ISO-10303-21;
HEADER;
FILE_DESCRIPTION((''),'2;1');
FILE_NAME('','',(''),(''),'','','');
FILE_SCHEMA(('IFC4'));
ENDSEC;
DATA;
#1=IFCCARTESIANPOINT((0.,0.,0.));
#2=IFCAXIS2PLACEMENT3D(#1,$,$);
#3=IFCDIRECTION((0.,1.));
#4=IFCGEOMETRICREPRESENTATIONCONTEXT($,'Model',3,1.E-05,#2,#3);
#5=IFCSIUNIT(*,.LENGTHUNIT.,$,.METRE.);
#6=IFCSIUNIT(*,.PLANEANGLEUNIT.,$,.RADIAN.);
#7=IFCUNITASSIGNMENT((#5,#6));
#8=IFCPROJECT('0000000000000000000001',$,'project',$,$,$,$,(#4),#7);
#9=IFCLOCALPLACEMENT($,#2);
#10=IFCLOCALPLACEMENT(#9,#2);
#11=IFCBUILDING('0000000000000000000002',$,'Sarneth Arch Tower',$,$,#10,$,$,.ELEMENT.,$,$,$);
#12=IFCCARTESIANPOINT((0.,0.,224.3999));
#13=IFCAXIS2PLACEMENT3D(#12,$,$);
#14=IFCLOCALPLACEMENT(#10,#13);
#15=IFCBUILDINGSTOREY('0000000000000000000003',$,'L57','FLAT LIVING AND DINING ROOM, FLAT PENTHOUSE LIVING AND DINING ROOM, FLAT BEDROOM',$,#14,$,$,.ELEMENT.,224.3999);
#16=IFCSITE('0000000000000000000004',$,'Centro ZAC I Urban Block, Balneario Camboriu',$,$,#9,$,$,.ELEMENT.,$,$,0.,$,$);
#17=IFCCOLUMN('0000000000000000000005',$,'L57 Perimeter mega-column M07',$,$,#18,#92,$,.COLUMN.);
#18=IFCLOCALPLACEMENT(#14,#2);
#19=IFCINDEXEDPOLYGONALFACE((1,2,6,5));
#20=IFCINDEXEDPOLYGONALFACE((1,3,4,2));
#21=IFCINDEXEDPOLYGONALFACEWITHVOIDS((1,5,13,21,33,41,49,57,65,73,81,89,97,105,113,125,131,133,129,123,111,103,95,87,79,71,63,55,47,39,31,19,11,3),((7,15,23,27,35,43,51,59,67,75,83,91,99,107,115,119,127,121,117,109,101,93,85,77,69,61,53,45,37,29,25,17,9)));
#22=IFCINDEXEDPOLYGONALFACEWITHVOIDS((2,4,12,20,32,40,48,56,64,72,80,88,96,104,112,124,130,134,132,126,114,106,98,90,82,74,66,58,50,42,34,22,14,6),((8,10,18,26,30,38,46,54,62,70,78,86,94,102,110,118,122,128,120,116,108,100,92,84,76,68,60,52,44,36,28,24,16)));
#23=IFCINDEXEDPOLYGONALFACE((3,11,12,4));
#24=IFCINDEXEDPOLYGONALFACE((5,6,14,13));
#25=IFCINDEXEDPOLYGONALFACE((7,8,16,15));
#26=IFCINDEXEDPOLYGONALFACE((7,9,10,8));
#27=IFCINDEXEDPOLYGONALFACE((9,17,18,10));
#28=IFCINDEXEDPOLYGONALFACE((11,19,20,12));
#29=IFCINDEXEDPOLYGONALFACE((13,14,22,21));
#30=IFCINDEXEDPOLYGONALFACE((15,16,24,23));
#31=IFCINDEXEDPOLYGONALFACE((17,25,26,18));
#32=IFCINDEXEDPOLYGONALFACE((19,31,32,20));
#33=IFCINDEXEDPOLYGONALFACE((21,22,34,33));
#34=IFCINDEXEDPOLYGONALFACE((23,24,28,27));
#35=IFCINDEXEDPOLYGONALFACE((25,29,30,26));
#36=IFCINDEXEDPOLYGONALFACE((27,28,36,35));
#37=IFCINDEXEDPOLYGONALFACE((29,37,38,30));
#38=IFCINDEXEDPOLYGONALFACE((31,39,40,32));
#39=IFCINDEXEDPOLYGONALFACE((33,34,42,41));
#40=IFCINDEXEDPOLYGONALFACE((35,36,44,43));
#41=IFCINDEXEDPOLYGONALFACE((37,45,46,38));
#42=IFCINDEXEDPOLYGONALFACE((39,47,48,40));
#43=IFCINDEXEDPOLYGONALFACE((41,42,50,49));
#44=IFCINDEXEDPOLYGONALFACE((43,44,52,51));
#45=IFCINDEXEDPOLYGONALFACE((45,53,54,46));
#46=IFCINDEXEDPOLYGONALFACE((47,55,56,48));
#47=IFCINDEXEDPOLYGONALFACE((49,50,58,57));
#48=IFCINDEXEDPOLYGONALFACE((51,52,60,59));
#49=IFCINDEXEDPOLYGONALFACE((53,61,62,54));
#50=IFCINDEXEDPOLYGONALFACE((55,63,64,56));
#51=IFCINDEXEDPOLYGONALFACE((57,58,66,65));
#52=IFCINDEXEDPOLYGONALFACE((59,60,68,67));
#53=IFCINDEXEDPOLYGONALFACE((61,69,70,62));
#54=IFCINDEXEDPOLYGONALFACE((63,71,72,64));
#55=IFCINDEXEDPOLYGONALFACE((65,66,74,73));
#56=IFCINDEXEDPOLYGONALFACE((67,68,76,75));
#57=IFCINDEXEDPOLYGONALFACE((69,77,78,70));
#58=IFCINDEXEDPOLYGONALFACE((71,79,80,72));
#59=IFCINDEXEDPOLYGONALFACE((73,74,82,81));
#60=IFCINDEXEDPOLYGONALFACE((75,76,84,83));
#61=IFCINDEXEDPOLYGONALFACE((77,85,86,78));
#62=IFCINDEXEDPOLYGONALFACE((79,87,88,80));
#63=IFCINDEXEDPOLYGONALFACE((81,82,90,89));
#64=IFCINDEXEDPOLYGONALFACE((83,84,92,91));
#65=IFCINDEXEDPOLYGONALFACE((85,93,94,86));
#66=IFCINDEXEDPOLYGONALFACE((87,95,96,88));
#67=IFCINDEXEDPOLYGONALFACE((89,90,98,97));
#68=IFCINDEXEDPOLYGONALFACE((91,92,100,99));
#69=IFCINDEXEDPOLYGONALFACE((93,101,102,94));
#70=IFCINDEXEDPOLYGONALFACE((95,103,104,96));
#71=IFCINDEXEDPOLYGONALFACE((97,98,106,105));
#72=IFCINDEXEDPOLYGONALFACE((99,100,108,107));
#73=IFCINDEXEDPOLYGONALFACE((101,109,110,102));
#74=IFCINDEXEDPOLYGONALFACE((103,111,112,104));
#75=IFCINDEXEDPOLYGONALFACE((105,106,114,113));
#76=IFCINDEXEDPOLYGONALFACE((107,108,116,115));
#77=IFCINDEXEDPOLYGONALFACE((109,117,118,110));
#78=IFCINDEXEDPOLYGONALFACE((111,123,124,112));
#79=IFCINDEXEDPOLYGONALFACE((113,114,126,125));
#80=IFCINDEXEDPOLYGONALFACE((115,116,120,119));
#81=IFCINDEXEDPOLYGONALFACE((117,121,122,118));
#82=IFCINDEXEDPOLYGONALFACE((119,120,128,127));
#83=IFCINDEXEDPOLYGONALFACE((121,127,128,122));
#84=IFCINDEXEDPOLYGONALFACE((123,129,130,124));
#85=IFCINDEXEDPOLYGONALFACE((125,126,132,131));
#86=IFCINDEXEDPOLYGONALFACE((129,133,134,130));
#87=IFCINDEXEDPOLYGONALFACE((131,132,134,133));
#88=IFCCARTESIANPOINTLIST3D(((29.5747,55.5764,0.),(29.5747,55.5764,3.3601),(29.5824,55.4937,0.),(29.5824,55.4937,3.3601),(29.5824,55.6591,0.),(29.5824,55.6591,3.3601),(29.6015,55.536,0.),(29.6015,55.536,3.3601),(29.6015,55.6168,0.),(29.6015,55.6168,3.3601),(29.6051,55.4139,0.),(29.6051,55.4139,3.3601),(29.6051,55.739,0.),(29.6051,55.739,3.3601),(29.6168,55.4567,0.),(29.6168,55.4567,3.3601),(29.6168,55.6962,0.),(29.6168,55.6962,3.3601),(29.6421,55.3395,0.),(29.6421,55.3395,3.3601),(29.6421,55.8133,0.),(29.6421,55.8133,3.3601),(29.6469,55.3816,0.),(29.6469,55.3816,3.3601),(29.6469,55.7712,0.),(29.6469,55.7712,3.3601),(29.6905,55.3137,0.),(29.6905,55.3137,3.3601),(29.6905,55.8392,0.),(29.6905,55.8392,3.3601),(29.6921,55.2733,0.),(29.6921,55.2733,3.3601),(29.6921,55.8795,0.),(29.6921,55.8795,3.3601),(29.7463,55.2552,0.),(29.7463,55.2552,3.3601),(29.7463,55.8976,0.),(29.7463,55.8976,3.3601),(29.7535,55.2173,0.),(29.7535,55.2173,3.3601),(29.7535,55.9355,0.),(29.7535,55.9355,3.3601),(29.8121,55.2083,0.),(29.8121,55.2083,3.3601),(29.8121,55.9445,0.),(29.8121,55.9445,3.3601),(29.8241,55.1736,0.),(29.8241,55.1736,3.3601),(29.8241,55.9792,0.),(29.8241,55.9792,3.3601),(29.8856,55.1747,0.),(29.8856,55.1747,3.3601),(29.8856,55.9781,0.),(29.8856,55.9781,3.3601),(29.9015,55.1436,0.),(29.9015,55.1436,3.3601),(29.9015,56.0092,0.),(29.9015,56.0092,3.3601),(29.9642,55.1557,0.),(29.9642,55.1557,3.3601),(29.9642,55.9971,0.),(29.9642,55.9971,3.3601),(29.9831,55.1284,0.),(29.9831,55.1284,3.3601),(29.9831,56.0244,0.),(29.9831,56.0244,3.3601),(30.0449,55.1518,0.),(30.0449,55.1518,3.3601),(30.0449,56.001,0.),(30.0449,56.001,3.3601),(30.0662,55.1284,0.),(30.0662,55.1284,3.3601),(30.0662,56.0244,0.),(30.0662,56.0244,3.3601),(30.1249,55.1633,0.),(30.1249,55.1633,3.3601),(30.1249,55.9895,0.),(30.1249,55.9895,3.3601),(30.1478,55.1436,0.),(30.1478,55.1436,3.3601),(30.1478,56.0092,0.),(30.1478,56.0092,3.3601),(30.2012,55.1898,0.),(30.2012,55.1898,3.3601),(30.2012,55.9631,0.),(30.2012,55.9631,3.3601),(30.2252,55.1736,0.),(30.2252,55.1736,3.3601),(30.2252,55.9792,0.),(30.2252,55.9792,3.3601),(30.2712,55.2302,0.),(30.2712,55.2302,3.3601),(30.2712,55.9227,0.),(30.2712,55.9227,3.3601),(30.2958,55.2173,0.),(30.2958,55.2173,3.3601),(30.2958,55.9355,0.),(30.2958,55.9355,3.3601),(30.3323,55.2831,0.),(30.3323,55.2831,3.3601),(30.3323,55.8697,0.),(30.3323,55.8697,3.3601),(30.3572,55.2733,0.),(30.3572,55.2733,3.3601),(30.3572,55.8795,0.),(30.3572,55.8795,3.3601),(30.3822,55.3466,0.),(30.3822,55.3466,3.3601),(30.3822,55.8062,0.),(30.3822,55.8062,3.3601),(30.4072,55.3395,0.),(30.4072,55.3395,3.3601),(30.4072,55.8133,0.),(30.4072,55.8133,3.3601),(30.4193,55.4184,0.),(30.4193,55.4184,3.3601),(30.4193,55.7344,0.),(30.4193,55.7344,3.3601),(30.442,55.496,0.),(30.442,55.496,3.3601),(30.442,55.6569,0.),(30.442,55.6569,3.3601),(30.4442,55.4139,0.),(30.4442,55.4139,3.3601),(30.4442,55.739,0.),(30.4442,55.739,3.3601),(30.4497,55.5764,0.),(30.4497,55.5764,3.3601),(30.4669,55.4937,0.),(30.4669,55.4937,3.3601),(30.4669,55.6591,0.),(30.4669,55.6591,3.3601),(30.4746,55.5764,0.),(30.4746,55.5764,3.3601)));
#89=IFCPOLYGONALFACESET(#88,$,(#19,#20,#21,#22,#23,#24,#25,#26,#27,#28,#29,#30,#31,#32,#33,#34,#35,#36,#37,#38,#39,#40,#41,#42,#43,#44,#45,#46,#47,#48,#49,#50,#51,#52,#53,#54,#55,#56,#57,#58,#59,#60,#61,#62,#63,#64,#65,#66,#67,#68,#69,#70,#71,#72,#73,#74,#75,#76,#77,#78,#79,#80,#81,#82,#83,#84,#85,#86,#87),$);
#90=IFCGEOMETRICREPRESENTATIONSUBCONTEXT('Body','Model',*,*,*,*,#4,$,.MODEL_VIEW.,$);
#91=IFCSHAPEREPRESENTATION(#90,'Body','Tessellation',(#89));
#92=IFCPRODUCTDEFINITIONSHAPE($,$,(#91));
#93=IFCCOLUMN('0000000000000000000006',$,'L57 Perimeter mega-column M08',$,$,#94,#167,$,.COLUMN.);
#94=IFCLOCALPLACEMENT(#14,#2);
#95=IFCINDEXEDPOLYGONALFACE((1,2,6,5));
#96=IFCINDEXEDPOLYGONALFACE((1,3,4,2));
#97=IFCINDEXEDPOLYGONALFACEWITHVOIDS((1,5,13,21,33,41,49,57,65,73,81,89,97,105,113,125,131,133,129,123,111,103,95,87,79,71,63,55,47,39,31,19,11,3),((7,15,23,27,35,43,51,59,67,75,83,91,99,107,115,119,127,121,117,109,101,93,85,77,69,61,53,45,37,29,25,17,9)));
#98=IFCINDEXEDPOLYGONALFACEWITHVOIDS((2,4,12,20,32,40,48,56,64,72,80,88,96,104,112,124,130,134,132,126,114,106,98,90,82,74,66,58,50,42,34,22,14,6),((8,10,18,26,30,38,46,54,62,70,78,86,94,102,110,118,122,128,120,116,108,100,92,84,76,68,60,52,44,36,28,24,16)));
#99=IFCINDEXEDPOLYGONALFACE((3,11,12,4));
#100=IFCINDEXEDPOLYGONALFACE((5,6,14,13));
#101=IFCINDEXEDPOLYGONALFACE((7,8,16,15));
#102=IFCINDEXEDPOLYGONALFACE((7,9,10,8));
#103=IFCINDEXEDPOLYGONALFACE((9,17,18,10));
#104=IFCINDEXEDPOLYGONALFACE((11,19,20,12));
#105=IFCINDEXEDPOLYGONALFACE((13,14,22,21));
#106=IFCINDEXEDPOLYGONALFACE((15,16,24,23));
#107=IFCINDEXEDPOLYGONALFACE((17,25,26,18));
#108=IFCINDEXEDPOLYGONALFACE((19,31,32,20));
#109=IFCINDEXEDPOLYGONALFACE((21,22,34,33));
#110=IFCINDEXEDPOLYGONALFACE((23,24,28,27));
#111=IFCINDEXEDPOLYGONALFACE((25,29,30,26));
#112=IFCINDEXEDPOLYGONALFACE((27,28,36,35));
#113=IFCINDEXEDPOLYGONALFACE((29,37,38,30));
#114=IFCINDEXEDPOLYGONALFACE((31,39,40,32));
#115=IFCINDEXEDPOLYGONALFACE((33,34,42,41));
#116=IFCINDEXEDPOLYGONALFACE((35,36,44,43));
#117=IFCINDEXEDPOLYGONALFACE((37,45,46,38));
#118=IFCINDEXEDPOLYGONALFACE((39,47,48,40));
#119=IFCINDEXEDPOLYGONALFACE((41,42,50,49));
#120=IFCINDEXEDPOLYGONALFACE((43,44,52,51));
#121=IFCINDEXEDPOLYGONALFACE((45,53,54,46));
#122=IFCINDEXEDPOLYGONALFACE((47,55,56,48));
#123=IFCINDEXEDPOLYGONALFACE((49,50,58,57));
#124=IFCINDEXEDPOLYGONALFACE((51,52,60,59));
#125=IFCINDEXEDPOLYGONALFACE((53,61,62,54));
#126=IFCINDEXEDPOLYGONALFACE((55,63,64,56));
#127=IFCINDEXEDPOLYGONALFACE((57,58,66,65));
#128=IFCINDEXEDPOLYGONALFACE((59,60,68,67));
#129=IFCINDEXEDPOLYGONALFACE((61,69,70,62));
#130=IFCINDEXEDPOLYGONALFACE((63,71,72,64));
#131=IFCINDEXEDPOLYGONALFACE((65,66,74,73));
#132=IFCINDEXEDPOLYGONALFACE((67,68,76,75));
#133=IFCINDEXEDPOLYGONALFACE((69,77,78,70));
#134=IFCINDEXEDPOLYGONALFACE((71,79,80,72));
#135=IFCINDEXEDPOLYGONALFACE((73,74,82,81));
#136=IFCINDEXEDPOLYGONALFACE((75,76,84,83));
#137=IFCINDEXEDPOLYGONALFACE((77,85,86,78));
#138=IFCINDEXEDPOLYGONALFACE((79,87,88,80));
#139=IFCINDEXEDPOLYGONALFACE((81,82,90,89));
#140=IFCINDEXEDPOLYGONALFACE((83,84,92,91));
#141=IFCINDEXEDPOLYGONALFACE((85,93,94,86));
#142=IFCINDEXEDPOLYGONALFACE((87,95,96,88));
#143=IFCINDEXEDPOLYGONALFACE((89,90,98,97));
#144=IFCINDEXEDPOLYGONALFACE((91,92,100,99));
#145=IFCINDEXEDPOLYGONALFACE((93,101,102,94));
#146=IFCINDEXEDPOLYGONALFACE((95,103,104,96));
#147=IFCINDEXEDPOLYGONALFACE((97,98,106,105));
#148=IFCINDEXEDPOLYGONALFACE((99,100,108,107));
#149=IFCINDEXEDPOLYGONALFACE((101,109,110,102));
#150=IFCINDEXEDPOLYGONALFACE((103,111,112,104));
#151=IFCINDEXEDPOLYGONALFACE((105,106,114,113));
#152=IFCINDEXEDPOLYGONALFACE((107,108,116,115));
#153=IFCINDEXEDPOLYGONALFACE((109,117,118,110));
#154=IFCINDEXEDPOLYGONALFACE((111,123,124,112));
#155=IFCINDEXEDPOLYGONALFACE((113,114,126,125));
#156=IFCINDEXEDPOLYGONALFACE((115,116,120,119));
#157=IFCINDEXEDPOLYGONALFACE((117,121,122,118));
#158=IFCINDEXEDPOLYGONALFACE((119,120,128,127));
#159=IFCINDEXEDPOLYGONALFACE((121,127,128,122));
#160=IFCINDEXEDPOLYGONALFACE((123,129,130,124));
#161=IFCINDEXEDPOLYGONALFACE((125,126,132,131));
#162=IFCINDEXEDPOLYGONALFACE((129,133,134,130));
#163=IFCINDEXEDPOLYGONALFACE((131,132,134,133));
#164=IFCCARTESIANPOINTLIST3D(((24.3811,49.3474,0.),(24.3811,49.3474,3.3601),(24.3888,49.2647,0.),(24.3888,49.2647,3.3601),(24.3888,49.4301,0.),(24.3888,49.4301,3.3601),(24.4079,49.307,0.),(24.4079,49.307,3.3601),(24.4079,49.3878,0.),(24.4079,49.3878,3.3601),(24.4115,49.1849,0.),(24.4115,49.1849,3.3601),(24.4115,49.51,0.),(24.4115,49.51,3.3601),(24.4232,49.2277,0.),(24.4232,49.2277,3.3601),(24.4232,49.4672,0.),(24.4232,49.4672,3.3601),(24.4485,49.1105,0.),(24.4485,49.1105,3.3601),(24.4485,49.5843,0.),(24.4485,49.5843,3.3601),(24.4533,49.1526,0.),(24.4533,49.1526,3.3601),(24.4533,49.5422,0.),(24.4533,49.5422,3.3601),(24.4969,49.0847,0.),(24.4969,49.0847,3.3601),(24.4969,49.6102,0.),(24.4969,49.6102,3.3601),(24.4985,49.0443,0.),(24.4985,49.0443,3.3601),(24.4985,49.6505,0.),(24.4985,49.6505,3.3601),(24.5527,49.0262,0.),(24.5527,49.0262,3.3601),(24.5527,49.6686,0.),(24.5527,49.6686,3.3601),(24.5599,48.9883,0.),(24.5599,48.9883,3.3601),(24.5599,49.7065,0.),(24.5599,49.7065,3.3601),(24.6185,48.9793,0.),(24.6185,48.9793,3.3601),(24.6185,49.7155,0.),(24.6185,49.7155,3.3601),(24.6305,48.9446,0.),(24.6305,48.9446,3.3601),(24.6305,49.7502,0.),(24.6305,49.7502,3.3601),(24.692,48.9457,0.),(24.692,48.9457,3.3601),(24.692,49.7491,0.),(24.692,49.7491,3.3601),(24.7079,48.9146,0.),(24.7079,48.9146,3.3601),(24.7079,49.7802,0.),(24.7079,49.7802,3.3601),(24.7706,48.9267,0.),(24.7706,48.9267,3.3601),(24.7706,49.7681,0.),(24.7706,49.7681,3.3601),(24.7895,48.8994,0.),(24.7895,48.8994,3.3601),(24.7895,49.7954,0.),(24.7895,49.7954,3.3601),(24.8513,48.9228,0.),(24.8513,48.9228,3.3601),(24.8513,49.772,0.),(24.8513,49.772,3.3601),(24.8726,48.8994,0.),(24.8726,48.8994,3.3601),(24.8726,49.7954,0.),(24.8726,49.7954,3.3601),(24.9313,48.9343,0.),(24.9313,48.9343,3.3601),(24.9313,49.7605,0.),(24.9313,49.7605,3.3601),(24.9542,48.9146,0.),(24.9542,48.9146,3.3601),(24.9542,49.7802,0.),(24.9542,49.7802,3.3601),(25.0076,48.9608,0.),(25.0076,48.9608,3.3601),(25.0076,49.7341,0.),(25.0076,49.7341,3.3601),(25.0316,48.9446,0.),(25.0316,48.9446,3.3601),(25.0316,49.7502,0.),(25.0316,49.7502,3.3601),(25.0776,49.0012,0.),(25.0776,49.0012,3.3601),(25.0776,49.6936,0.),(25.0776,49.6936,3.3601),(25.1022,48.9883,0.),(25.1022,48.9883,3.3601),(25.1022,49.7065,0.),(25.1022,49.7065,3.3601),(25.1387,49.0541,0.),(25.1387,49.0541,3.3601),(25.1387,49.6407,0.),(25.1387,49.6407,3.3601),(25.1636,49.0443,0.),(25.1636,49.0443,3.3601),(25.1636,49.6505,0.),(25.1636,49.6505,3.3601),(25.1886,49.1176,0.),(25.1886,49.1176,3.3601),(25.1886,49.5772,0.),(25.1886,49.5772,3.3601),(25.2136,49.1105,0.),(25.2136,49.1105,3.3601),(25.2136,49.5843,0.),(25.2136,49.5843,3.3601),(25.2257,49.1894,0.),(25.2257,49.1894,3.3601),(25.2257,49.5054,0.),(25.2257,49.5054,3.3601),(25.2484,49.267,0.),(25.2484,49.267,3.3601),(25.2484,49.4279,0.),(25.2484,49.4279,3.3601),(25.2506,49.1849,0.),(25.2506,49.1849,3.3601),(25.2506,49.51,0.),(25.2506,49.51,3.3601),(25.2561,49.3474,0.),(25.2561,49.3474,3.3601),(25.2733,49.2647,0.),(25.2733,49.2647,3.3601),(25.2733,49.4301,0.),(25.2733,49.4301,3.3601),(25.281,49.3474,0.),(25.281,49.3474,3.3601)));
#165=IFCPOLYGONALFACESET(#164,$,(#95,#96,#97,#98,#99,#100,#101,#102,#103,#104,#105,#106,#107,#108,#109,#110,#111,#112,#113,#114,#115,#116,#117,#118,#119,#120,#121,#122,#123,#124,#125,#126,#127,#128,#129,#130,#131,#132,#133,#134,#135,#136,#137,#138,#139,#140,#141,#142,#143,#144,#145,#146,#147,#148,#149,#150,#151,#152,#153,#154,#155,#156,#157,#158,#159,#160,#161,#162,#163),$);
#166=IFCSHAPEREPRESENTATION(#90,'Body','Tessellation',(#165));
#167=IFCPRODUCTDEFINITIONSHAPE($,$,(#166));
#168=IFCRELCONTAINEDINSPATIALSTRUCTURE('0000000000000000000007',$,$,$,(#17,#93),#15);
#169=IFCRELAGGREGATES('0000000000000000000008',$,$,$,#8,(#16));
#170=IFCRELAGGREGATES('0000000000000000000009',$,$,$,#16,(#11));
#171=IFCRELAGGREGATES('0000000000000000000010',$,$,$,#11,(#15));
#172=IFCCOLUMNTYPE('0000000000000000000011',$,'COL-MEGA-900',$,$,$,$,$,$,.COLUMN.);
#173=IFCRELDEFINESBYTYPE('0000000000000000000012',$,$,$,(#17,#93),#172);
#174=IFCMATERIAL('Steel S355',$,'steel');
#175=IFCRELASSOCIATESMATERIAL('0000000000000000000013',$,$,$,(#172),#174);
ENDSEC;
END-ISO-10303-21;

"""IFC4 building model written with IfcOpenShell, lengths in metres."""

from ifc_helpers import new_model, si_unit, direction, frame, origin, origin_2d, place, context, subcontext, project, spatial, hollow_circle, extrude, material, material_profile, profile_set, type_object, element, save


model = new_model("IFC4")

# Units and contexts
model_context = context("Model", 3, precision=1e-05, world=origin(), true_north=direction((0.0, 1.0)))
body_context = subcontext(model_context, "Body", "Model", "MODEL_VIEW")
ifc_project = project(units=[si_unit("LENGTHUNIT", "METRE"), si_unit("PLANEANGLEUNIT", "RADIAN")], contexts=[model_context])

# Site, building, storey
site_placement = place(None, origin())
site = spatial("IfcSite", under=ifc_project, at=site_placement, Name="Centro ZAC I Urban Block, Balneario Camboriu", CompositionType="ELEMENT", RefElevation=0.0)
building_placement = place(site_placement, origin())
building = spatial("IfcBuilding", under=site, at=building_placement, Name="Sarneth Arch Tower", CompositionType="ELEMENT")
storey_placement = place(building_placement, frame((0.0, 0.0, 224.3999)))
storey = spatial("IfcBuildingStorey", under=building, at=storey_placement, Name="L57", Description="FLAT LIVING AND DINING ROOM, FLAT PENTHOUSE LIVING AND DINING ROOM, FLAT BEDROOM", CompositionType="ELEMENT", Elevation=224.3999)

# Columns
ifc_material_1 = material(Name="Steel S355", Category="steel")
ifc_material_profile_1 = material_profile(ifc_material_1, hollow_circle(Radius=0.45, WallThickness=0.0249, at=origin_2d()), Name="CHS900x25")
ifc_profile_set_1 = profile_set([ifc_material_profile_1], Name="Steel S355")
column_type = type_object("IfcColumnType", Name="COL-MEGA-900", PredefinedType="COLUMN", material=ifc_profile_set_1)
for number, where, z_axis, x_axis, name in (
    (1, (30.0247, 55.5764, 0.0), (0.0, 0.0, 1.0), (1.0, 0.0, 0.0), "L57 Perimeter mega-column M07"),
    (2, (24.8311, 49.3474, 0.0), (0.0, 0.0, 1.0), (1.0, 0.0, 0.0), "L57 Perimeter mega-column M08"),
):
    element("IfcColumn", number, at=place(storey_placement, frame(where, z_axis=z_axis, x_axis=x_axis)), inside=storey, type_object=column_type, Name=name, PredefinedType="COLUMN", context=body_context, shape_type="SweptSolid", body=[
        extrude(hollow_circle(Radius=0.45, WallThickness=0.0249, at=origin_2d()), origin(), (0.0, 0.0, 1.0), 3.3601),
    ])

save(model, "model.ifc")
